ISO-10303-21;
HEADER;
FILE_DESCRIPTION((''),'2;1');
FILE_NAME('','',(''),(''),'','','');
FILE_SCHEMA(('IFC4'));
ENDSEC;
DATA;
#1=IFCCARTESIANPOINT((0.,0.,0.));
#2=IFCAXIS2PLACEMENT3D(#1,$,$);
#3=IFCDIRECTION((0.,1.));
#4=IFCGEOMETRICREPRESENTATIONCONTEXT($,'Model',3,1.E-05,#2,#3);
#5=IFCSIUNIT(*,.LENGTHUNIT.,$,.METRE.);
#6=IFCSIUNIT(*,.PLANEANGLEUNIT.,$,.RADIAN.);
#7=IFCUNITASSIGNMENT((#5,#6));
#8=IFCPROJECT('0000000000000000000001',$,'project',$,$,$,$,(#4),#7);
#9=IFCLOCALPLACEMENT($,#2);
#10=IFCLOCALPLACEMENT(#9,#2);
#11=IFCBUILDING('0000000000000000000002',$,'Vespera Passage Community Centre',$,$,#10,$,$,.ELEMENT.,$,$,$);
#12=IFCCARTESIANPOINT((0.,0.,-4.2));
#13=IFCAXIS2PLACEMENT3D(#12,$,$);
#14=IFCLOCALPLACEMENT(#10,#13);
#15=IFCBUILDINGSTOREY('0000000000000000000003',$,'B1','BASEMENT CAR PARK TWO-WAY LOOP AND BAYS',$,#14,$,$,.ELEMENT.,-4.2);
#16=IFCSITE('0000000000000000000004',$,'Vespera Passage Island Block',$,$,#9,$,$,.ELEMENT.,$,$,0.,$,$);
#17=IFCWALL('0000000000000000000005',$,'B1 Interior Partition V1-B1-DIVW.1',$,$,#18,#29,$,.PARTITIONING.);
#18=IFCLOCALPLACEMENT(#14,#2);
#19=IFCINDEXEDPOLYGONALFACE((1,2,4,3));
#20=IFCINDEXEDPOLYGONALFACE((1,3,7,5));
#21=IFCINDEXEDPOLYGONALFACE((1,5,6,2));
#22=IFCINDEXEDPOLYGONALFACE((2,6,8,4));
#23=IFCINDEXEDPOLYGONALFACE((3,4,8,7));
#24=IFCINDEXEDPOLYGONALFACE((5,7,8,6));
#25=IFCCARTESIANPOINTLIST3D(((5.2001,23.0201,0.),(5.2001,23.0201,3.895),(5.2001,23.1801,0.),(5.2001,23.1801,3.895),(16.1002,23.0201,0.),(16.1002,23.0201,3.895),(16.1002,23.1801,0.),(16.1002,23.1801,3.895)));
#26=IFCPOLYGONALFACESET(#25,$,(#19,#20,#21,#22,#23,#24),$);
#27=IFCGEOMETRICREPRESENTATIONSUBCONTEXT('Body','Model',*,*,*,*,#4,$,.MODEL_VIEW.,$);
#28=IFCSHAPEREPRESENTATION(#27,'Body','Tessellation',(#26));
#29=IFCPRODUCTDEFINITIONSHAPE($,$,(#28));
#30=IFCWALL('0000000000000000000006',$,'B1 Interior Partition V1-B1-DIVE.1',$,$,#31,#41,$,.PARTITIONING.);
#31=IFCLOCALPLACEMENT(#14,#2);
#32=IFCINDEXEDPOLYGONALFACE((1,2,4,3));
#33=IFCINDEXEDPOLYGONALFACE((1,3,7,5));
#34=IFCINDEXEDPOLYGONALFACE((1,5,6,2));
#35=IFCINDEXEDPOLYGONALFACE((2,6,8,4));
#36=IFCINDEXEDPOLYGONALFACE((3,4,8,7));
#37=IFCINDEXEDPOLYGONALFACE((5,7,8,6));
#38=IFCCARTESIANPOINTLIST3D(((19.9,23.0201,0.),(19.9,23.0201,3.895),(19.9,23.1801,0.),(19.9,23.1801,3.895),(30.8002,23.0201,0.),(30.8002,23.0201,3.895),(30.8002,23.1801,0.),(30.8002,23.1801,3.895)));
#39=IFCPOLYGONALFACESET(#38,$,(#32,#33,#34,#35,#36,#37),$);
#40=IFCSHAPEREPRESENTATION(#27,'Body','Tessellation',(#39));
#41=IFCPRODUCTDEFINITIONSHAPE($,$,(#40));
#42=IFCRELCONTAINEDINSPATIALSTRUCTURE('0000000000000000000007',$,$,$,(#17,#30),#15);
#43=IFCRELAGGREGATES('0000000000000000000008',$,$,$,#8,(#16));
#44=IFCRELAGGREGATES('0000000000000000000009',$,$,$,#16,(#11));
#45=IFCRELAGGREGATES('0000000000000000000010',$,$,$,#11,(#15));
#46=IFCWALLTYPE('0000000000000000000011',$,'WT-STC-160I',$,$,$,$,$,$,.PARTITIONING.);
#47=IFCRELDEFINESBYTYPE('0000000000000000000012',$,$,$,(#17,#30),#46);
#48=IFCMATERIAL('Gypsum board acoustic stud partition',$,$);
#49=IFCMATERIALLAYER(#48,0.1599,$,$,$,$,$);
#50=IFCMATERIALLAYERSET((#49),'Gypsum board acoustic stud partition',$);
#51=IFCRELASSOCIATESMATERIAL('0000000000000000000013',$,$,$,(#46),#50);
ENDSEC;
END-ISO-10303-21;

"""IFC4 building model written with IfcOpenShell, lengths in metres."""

from ifc_helpers import new_model, si_unit, direction, frame, frame_2d, origin, place, context, subcontext, project, spatial, rectangle, extrude, material, layer, layer_set, type_object, element, save


model = new_model("IFC4")

# Units and contexts
model_context = context("Model", 3, precision=1e-05, world=origin(), true_north=direction((0.0, 1.0)))
body_context = subcontext(model_context, "Body", "Model", "MODEL_VIEW")
ifc_project = project(units=[si_unit("LENGTHUNIT", "METRE"), si_unit("PLANEANGLEUNIT", "RADIAN")], contexts=[model_context])

# Site, building, storey
site_placement = place(None, origin())
site = spatial("IfcSite", under=ifc_project, at=site_placement, Name="Vespera Passage Island Block", CompositionType="ELEMENT", RefElevation=0.0)
building_placement = place(site_placement, origin())
building = spatial("IfcBuilding", under=site, at=building_placement, Name="Vespera Passage Community Centre", CompositionType="ELEMENT")
storey_placement = place(building_placement, frame((0.0, 0.0, -4.2)))
storey = spatial("IfcBuildingStorey", under=building, at=storey_placement, Name="B1", Description="BASEMENT CAR PARK TWO-WAY LOOP AND BAYS", CompositionType="ELEMENT", Elevation=-4.2)

# Walls
ifc_material_1 = material(Name="Gypsum board acoustic stud partition")
ifc_layer_1 = layer(ifc_material_1, 0.1599)
ifc_layer_set_1 = layer_set([ifc_layer_1], Name="Gypsum board acoustic stud partition")
wall_type_1 = type_object("IfcWallType", Name="WT-STC-160I", PredefinedType="PARTITIONING", material=ifc_layer_set_1)
for number, where, z_axis, x_axis, name in (
    (1, (5.2, 23.1001, 0.0), (0.0, 0.0, 1.0), (1.0, 0.0, 0.0), "B1 Interior Partition V1-B1-DIVW.1"),
    (2, (19.8999, 23.1001, 0.0), (0.0, 0.0, 1.0), (1.0, 0.0, 0.0), "B1 Interior Partition V1-B1-DIVE.1"),
):
    element("IfcWall", number, at=place(storey_placement, frame(where, z_axis=z_axis, x_axis=x_axis)), inside=storey, type_object=wall_type_1, Name=name, PredefinedType="PARTITIONING", context=body_context, shape_type="SweptSolid", body=[
        extrude(rectangle(XDim=10.9001, YDim=0.1599, at=frame_2d((5.4502, 0.0))), origin(), (0.0, 0.0, 1.0), 3.895),
    ])

save(model, "model.ifc")
